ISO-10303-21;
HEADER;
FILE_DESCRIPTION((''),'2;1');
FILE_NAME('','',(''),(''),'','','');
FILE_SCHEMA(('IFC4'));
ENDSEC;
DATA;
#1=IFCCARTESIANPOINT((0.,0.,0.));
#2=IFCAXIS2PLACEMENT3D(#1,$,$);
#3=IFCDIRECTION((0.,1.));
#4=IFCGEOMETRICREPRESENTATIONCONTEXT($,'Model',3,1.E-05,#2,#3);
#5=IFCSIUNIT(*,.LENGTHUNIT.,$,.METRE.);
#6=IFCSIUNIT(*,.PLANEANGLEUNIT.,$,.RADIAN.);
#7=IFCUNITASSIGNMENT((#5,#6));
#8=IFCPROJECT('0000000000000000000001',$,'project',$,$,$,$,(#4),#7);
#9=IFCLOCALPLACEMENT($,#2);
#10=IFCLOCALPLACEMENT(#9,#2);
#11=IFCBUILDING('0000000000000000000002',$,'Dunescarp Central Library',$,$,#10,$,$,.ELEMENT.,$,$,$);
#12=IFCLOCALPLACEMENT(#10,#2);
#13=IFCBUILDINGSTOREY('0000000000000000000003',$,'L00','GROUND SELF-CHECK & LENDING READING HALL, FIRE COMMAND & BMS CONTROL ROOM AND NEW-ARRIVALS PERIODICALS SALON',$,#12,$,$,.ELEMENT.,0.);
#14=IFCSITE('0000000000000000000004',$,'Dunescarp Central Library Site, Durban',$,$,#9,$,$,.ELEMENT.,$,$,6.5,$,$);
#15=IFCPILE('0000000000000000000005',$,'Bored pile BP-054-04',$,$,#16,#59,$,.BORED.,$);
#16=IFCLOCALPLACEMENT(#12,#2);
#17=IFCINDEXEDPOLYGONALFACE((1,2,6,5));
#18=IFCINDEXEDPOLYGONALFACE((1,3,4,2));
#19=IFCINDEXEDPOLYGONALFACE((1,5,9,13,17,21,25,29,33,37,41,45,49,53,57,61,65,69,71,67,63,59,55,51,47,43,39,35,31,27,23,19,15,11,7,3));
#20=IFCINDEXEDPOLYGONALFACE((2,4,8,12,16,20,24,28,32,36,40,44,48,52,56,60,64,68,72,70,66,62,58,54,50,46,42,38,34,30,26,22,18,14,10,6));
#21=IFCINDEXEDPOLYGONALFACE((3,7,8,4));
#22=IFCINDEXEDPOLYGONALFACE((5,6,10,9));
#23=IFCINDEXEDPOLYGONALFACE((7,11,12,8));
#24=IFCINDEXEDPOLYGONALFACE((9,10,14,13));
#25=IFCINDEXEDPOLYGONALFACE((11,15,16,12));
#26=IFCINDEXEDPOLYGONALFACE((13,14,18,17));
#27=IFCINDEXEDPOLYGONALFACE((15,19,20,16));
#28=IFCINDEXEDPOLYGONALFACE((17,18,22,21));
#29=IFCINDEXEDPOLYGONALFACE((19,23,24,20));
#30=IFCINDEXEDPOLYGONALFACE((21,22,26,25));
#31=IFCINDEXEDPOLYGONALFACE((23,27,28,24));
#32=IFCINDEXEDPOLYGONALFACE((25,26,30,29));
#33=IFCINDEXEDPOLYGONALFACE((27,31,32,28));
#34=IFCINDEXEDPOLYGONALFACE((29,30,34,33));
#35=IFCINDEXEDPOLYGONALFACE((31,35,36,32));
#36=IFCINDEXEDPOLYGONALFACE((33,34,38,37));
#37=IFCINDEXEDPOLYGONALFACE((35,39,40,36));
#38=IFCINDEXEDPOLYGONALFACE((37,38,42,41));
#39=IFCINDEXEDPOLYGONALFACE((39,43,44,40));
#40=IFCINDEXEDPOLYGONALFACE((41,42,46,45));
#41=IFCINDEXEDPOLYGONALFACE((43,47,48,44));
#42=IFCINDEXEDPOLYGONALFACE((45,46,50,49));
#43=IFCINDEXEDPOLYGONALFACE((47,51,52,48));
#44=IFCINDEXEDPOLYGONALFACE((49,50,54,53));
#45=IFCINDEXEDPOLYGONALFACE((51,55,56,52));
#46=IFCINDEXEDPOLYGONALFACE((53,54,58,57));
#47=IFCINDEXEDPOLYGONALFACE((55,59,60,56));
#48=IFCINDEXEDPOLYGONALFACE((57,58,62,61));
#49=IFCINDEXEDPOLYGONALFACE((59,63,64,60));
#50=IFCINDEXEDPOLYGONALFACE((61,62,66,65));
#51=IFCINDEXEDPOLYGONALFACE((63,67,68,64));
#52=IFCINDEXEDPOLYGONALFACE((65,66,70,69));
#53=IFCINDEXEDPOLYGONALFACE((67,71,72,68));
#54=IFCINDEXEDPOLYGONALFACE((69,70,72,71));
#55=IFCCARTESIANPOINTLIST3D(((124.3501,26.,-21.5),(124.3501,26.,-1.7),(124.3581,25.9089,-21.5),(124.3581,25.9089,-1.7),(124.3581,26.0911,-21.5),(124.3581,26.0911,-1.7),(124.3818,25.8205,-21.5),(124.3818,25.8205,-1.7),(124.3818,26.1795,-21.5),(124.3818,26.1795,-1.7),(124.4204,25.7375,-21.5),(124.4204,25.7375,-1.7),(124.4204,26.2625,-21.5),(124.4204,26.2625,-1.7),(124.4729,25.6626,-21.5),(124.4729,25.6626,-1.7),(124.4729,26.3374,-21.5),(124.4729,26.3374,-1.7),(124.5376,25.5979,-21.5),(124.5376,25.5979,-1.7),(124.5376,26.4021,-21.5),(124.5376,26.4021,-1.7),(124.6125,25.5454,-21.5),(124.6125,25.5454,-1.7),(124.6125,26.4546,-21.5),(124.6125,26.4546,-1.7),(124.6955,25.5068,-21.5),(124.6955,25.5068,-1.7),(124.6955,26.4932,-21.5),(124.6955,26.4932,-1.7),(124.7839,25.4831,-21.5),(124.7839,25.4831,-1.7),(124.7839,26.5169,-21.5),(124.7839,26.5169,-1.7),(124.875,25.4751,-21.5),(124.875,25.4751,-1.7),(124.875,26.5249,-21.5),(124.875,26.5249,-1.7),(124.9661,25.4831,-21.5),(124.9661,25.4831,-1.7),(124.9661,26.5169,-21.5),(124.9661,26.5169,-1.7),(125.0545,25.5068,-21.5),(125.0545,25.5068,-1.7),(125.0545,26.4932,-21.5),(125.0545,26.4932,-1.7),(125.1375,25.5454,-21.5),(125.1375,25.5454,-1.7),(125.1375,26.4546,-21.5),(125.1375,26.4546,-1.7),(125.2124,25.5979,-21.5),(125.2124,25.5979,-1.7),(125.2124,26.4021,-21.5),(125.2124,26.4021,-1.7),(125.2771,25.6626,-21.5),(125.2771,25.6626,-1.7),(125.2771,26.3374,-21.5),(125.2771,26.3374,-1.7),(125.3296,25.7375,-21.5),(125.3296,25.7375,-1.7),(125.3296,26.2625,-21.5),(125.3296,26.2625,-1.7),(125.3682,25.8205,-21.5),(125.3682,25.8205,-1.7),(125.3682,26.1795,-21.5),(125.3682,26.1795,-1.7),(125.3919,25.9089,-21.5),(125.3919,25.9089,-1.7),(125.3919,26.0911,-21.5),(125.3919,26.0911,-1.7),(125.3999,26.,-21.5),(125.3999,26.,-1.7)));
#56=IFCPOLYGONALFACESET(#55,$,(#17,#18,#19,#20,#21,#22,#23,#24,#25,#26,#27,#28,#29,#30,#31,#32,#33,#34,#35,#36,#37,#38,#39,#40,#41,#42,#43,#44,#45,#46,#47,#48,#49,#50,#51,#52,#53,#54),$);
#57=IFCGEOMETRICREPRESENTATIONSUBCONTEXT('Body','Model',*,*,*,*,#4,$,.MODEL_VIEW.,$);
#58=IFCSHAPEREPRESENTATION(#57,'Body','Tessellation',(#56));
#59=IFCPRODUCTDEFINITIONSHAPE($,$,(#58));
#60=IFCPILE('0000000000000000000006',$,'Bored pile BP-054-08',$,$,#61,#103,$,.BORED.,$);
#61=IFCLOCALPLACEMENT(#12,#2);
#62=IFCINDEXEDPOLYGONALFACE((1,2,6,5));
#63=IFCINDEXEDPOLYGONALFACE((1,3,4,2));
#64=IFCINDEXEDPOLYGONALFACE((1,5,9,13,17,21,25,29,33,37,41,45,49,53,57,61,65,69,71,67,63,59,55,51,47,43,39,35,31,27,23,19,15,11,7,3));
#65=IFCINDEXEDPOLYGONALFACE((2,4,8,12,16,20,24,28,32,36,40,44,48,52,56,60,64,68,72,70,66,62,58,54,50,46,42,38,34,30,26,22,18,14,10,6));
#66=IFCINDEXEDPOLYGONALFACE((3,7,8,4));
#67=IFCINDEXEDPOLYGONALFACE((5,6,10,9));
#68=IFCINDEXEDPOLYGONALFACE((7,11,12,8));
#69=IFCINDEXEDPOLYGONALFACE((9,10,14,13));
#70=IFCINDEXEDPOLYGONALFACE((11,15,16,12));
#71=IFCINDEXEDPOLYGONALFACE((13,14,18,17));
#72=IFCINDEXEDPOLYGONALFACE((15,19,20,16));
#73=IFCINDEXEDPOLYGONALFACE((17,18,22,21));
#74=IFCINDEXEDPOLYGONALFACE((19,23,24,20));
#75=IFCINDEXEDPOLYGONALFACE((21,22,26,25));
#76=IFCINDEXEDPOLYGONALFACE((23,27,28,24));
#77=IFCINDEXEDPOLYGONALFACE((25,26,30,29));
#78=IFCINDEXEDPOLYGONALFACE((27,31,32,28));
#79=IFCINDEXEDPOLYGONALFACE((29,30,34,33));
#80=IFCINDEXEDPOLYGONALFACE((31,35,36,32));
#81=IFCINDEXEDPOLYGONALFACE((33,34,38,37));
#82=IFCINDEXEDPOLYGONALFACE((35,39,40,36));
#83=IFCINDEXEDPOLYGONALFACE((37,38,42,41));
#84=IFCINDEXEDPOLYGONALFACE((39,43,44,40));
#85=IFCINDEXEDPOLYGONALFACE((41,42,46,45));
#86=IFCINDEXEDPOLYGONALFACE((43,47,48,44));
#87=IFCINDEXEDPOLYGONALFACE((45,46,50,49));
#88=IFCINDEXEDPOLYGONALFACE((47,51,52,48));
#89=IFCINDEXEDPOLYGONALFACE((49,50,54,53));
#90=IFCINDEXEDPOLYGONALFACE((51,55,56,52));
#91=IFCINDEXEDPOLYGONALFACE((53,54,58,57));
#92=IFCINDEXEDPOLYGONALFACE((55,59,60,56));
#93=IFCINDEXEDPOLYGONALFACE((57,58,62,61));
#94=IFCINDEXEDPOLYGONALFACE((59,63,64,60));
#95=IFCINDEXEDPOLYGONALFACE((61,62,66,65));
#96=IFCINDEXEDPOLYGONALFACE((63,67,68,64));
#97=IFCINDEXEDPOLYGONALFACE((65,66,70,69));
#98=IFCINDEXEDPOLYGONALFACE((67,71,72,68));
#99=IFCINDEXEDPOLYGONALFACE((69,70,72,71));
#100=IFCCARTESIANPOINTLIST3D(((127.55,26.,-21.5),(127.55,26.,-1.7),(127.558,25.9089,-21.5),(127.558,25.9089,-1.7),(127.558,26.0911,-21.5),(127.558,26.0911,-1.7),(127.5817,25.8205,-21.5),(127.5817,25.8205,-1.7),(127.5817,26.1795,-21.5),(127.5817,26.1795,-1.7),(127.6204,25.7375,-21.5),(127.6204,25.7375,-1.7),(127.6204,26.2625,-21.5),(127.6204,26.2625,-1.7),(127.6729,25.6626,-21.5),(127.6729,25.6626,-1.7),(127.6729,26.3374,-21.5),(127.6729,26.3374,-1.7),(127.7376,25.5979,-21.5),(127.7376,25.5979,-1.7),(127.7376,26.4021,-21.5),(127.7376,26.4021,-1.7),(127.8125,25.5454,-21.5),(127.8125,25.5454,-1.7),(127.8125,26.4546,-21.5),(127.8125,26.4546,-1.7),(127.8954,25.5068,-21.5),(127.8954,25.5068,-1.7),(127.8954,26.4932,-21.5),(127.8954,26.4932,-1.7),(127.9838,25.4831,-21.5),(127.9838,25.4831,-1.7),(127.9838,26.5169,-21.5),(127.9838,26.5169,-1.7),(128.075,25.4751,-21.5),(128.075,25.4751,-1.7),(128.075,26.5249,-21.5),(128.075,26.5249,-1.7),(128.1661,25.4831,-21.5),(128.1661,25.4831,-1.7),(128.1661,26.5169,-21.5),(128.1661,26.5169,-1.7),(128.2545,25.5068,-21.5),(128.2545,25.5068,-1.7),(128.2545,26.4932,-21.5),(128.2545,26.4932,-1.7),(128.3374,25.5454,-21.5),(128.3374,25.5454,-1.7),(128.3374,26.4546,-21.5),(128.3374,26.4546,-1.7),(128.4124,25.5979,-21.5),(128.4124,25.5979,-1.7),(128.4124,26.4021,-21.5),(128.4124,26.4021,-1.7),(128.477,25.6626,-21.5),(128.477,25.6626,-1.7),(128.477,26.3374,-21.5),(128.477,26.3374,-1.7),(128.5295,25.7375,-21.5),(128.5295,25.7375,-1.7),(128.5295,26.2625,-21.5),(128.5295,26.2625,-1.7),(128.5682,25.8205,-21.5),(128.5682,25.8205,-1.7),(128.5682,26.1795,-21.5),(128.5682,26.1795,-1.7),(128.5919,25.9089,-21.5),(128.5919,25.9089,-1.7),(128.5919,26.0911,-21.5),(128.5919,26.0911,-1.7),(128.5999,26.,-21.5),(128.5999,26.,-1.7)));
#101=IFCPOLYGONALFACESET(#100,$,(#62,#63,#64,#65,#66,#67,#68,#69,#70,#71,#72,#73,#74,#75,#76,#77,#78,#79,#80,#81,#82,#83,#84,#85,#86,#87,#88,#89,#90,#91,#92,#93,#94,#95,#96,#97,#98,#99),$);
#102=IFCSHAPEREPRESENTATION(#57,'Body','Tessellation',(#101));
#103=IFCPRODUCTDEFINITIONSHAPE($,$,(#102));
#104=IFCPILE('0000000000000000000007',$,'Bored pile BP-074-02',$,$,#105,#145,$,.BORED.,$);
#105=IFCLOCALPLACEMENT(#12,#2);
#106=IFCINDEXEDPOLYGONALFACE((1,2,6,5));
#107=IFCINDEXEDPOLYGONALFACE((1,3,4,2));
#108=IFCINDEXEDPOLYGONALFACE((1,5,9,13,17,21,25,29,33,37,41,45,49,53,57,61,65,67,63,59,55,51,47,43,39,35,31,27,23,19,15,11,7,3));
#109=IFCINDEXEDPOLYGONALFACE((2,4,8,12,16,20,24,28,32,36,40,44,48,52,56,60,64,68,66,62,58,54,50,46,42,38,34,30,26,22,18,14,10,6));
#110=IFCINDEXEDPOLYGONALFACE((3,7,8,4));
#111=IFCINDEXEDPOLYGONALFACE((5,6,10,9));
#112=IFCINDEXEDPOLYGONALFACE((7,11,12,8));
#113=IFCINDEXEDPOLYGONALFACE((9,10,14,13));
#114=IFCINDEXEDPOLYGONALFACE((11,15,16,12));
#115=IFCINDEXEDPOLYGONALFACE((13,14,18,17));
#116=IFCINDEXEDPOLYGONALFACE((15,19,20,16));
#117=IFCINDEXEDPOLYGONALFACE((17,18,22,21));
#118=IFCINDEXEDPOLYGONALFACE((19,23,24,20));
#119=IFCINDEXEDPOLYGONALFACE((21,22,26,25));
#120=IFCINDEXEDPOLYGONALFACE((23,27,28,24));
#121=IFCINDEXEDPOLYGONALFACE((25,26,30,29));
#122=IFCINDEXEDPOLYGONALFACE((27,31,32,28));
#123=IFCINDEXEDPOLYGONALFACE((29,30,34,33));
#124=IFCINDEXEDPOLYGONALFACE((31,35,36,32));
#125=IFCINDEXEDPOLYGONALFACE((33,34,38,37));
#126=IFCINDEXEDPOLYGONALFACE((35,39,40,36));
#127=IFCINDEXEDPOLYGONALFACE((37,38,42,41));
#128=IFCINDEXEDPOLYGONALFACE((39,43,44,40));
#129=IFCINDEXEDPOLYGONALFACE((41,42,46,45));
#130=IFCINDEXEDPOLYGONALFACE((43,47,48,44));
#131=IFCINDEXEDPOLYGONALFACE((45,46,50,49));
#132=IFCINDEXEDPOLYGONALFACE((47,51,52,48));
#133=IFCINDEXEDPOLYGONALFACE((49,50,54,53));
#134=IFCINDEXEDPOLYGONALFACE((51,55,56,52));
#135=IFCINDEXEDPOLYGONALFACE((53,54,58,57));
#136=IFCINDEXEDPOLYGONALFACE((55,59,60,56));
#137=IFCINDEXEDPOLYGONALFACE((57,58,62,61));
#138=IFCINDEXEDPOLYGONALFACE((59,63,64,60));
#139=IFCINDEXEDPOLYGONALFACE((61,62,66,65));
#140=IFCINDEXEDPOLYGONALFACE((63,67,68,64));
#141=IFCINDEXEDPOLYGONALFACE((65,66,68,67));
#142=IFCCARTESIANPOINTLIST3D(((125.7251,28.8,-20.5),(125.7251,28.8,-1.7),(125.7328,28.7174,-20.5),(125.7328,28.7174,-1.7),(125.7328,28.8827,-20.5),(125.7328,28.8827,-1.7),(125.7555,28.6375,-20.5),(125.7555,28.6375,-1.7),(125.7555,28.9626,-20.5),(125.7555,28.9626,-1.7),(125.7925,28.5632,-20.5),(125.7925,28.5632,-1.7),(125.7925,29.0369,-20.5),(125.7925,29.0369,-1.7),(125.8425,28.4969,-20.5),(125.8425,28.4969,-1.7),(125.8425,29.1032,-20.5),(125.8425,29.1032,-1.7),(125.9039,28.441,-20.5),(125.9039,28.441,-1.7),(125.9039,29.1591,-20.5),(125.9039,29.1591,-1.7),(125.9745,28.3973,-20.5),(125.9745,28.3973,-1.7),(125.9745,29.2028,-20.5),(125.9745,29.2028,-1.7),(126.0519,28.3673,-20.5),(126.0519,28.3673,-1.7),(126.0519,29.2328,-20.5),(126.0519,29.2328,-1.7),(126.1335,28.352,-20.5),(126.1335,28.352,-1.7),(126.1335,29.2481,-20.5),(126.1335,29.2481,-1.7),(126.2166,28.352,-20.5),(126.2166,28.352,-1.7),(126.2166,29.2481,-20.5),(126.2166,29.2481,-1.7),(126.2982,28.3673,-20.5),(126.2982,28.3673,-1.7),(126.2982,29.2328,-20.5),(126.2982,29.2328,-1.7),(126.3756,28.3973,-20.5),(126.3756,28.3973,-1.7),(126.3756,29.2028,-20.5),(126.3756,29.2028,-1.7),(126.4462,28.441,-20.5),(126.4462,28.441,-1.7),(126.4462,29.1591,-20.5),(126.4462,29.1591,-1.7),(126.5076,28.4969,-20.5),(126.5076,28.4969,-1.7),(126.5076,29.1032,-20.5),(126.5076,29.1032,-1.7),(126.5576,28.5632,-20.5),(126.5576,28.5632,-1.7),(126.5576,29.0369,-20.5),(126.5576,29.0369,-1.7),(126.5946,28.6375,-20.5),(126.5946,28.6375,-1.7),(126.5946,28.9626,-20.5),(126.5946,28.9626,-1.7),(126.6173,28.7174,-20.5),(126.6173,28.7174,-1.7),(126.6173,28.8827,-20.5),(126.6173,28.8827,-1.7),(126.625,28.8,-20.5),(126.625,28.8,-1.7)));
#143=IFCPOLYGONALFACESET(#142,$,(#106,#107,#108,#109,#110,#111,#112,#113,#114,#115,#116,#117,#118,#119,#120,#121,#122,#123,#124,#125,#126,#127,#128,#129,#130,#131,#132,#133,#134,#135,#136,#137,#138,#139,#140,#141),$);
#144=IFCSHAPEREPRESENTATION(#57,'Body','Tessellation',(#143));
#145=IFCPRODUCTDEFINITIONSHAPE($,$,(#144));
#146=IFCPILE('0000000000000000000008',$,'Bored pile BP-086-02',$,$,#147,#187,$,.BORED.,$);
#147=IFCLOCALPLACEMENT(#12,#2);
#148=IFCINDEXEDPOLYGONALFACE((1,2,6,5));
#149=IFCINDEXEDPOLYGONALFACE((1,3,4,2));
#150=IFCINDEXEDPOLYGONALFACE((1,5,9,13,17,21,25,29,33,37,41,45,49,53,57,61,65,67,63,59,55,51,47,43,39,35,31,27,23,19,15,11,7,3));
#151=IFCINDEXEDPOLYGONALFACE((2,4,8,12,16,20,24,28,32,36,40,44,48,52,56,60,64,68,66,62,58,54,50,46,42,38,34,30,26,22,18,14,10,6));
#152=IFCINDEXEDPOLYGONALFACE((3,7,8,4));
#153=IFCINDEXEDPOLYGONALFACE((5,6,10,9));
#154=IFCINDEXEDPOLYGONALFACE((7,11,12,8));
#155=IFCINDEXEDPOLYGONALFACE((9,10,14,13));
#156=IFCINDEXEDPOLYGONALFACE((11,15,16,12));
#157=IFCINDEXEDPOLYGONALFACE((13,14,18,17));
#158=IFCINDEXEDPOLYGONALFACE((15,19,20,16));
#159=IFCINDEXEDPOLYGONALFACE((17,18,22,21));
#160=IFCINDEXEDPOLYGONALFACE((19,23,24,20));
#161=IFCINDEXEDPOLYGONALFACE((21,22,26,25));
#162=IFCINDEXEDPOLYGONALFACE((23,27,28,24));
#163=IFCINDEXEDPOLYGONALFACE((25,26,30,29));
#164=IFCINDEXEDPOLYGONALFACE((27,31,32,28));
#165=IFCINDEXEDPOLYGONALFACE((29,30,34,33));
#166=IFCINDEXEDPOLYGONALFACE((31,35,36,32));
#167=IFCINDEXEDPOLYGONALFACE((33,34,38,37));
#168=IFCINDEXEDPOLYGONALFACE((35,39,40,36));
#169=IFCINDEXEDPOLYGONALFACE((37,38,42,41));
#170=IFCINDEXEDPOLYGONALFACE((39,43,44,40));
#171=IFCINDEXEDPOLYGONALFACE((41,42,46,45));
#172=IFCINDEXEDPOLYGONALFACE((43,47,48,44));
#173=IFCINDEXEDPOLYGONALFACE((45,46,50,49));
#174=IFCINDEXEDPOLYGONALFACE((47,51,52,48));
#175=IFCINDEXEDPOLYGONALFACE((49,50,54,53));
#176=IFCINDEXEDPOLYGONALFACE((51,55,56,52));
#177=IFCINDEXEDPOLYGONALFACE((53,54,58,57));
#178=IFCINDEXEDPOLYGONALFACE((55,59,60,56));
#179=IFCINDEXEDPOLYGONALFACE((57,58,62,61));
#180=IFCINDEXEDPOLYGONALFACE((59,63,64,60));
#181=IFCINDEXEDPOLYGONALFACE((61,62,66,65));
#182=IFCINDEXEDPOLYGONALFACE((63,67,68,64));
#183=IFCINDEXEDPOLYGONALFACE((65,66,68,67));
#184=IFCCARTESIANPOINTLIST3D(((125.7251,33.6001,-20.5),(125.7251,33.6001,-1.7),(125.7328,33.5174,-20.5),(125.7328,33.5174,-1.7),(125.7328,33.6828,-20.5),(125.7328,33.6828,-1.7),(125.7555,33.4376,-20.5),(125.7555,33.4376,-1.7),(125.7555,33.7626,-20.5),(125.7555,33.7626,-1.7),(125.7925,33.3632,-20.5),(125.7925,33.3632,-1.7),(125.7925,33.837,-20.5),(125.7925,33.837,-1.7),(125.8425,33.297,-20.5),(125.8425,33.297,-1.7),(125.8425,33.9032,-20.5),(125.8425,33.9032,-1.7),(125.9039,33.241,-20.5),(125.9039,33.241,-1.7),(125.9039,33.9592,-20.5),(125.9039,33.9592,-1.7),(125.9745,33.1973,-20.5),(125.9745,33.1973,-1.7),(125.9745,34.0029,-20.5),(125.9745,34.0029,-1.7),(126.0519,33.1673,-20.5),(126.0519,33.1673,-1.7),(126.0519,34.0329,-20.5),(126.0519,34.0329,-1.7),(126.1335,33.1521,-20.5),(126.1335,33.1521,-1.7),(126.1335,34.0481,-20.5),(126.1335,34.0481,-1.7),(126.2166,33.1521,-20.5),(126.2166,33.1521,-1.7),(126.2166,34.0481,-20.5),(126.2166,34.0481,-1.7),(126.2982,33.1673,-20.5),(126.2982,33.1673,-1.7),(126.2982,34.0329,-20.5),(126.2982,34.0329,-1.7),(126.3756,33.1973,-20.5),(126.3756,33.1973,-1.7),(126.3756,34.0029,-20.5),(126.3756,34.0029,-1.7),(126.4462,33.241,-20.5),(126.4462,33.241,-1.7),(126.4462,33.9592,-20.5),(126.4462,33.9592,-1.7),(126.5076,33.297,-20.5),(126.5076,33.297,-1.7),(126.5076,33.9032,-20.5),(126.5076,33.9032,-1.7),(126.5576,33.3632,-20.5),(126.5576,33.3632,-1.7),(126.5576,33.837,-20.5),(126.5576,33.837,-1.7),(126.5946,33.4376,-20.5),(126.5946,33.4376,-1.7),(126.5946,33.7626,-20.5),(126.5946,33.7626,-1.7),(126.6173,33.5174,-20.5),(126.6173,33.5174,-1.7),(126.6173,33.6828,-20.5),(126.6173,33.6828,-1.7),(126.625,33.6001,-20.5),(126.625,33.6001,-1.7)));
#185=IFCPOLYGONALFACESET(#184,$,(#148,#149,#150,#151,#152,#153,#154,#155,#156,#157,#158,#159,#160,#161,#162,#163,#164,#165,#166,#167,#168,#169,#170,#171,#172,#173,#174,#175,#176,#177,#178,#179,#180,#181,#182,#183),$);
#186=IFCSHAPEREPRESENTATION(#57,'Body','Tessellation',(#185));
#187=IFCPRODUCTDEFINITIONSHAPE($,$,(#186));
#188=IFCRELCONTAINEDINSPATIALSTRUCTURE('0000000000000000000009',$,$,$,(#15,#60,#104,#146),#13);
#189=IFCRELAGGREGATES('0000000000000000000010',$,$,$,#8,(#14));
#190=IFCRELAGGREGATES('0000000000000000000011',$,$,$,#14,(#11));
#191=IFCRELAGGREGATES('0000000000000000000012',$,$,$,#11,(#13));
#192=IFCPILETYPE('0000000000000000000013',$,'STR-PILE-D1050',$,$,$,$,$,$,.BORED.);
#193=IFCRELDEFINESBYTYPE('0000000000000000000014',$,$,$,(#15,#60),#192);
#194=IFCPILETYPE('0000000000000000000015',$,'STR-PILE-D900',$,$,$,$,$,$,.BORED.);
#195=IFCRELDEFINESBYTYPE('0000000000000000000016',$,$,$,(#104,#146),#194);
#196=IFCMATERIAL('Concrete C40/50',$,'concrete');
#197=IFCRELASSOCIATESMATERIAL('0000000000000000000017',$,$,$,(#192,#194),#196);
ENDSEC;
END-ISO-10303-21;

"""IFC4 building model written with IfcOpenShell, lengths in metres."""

from ifc_helpers import new_model, si_unit, direction, frame, origin, origin_2d, place, context, subcontext, project, spatial, circle, extrude, material, material_profile, profile_set, type_object, element, save


model = new_model("IFC4")

# Units and contexts
model_context = context("Model", 3, precision=1e-05, world=origin(), true_north=direction((0.0, 1.0)))
body_context = subcontext(model_context, "Body", "Model", "MODEL_VIEW")
ifc_project = project(units=[si_unit("LENGTHUNIT", "METRE"), si_unit("PLANEANGLEUNIT", "RADIAN")], contexts=[model_context])

# Site, building, storey
site_placement = place(None, origin())
site = spatial("IfcSite", under=ifc_project, at=site_placement, Name="Dunescarp Central Library Site, Durban", CompositionType="ELEMENT", RefElevation=6.5)
building_placement = place(site_placement, origin())
building = spatial("IfcBuilding", under=site, at=building_placement, Name="Dunescarp Central Library", CompositionType="ELEMENT")
storey_placement = place(building_placement, origin())
storey = spatial("IfcBuildingStorey", under=building, at=storey_placement, Name="L00", Description="GROUND SELF-CHECK & LENDING READING HALL, FIRE COMMAND & BMS CONTROL ROOM AND NEW-ARRIVALS PERIODICALS SALON", CompositionType="ELEMENT", Elevation=0.0)

# Piles
ifc_material_1 = material(Name="Concrete C40/50", Category="concrete")
ifc_material_profile_1 = material_profile(ifc_material_1, circle(Radius=0.5249, at=origin_2d()), Name="PILE D1050")
ifc_profile_set_1 = profile_set([ifc_material_profile_1], Name="Concrete C40/50")
pile_type_1 = type_object("IfcPileType", Name="STR-PILE-D1050", PredefinedType="BORED", material=ifc_profile_set_1)
for number, where, z_axis, x_axis, name in (
    (1, (124.875, 26.0, -1.7), (0.0, 0.0, -1.0), (1.0, 0.0, 0.0), "Bored pile BP-054-04"),
    (2, (128.075, 26.0, -1.7), (0.0, 0.0, -1.0), (1.0, 0.0, 0.0), "Bored pile BP-054-08"),
):
    element("IfcPile", number, at=place(storey_placement, frame(where, z_axis=z_axis, x_axis=x_axis)), inside=storey, type_object=pile_type_1, Name=name, PredefinedType="BORED", context=body_context, shape_type="SweptSolid", body=[
        extrude(circle(Radius=0.5249, at=origin_2d()), origin(), (0.0, 0.0, 1.0), 19.8),
    ])
ifc_material_profile_2 = material_profile(ifc_material_1, circle(Radius=0.45, at=origin_2d()), Name="PILE D900")
ifc_profile_set_2 = profile_set([ifc_material_profile_2], Name="Concrete C40/50")
pile_type_2 = type_object("IfcPileType", Name="STR-PILE-D900", PredefinedType="BORED", material=ifc_profile_set_2)
for number, where, z_axis, x_axis, name in (
    (3, (126.175, 28.8, -1.7), (0.0, 0.0, -1.0), (1.0, 0.0, 0.0), "Bored pile BP-074-02"),
    (4, (126.175, 33.6001, -1.7), (0.0, 0.0, -1.0), (1.0, 0.0, 0.0), "Bored pile BP-086-02"),
):
    element("IfcPile", number, at=place(storey_placement, frame(where, z_axis=z_axis, x_axis=x_axis)), inside=storey, type_object=pile_type_2, Name=name, PredefinedType="BORED", context=body_context, shape_type="SweptSolid", body=[
        extrude(circle(Radius=0.45, at=origin_2d()), origin(), (0.0, 0.0, 1.0), 18.8),
    ])

save(model, "model.ifc")
